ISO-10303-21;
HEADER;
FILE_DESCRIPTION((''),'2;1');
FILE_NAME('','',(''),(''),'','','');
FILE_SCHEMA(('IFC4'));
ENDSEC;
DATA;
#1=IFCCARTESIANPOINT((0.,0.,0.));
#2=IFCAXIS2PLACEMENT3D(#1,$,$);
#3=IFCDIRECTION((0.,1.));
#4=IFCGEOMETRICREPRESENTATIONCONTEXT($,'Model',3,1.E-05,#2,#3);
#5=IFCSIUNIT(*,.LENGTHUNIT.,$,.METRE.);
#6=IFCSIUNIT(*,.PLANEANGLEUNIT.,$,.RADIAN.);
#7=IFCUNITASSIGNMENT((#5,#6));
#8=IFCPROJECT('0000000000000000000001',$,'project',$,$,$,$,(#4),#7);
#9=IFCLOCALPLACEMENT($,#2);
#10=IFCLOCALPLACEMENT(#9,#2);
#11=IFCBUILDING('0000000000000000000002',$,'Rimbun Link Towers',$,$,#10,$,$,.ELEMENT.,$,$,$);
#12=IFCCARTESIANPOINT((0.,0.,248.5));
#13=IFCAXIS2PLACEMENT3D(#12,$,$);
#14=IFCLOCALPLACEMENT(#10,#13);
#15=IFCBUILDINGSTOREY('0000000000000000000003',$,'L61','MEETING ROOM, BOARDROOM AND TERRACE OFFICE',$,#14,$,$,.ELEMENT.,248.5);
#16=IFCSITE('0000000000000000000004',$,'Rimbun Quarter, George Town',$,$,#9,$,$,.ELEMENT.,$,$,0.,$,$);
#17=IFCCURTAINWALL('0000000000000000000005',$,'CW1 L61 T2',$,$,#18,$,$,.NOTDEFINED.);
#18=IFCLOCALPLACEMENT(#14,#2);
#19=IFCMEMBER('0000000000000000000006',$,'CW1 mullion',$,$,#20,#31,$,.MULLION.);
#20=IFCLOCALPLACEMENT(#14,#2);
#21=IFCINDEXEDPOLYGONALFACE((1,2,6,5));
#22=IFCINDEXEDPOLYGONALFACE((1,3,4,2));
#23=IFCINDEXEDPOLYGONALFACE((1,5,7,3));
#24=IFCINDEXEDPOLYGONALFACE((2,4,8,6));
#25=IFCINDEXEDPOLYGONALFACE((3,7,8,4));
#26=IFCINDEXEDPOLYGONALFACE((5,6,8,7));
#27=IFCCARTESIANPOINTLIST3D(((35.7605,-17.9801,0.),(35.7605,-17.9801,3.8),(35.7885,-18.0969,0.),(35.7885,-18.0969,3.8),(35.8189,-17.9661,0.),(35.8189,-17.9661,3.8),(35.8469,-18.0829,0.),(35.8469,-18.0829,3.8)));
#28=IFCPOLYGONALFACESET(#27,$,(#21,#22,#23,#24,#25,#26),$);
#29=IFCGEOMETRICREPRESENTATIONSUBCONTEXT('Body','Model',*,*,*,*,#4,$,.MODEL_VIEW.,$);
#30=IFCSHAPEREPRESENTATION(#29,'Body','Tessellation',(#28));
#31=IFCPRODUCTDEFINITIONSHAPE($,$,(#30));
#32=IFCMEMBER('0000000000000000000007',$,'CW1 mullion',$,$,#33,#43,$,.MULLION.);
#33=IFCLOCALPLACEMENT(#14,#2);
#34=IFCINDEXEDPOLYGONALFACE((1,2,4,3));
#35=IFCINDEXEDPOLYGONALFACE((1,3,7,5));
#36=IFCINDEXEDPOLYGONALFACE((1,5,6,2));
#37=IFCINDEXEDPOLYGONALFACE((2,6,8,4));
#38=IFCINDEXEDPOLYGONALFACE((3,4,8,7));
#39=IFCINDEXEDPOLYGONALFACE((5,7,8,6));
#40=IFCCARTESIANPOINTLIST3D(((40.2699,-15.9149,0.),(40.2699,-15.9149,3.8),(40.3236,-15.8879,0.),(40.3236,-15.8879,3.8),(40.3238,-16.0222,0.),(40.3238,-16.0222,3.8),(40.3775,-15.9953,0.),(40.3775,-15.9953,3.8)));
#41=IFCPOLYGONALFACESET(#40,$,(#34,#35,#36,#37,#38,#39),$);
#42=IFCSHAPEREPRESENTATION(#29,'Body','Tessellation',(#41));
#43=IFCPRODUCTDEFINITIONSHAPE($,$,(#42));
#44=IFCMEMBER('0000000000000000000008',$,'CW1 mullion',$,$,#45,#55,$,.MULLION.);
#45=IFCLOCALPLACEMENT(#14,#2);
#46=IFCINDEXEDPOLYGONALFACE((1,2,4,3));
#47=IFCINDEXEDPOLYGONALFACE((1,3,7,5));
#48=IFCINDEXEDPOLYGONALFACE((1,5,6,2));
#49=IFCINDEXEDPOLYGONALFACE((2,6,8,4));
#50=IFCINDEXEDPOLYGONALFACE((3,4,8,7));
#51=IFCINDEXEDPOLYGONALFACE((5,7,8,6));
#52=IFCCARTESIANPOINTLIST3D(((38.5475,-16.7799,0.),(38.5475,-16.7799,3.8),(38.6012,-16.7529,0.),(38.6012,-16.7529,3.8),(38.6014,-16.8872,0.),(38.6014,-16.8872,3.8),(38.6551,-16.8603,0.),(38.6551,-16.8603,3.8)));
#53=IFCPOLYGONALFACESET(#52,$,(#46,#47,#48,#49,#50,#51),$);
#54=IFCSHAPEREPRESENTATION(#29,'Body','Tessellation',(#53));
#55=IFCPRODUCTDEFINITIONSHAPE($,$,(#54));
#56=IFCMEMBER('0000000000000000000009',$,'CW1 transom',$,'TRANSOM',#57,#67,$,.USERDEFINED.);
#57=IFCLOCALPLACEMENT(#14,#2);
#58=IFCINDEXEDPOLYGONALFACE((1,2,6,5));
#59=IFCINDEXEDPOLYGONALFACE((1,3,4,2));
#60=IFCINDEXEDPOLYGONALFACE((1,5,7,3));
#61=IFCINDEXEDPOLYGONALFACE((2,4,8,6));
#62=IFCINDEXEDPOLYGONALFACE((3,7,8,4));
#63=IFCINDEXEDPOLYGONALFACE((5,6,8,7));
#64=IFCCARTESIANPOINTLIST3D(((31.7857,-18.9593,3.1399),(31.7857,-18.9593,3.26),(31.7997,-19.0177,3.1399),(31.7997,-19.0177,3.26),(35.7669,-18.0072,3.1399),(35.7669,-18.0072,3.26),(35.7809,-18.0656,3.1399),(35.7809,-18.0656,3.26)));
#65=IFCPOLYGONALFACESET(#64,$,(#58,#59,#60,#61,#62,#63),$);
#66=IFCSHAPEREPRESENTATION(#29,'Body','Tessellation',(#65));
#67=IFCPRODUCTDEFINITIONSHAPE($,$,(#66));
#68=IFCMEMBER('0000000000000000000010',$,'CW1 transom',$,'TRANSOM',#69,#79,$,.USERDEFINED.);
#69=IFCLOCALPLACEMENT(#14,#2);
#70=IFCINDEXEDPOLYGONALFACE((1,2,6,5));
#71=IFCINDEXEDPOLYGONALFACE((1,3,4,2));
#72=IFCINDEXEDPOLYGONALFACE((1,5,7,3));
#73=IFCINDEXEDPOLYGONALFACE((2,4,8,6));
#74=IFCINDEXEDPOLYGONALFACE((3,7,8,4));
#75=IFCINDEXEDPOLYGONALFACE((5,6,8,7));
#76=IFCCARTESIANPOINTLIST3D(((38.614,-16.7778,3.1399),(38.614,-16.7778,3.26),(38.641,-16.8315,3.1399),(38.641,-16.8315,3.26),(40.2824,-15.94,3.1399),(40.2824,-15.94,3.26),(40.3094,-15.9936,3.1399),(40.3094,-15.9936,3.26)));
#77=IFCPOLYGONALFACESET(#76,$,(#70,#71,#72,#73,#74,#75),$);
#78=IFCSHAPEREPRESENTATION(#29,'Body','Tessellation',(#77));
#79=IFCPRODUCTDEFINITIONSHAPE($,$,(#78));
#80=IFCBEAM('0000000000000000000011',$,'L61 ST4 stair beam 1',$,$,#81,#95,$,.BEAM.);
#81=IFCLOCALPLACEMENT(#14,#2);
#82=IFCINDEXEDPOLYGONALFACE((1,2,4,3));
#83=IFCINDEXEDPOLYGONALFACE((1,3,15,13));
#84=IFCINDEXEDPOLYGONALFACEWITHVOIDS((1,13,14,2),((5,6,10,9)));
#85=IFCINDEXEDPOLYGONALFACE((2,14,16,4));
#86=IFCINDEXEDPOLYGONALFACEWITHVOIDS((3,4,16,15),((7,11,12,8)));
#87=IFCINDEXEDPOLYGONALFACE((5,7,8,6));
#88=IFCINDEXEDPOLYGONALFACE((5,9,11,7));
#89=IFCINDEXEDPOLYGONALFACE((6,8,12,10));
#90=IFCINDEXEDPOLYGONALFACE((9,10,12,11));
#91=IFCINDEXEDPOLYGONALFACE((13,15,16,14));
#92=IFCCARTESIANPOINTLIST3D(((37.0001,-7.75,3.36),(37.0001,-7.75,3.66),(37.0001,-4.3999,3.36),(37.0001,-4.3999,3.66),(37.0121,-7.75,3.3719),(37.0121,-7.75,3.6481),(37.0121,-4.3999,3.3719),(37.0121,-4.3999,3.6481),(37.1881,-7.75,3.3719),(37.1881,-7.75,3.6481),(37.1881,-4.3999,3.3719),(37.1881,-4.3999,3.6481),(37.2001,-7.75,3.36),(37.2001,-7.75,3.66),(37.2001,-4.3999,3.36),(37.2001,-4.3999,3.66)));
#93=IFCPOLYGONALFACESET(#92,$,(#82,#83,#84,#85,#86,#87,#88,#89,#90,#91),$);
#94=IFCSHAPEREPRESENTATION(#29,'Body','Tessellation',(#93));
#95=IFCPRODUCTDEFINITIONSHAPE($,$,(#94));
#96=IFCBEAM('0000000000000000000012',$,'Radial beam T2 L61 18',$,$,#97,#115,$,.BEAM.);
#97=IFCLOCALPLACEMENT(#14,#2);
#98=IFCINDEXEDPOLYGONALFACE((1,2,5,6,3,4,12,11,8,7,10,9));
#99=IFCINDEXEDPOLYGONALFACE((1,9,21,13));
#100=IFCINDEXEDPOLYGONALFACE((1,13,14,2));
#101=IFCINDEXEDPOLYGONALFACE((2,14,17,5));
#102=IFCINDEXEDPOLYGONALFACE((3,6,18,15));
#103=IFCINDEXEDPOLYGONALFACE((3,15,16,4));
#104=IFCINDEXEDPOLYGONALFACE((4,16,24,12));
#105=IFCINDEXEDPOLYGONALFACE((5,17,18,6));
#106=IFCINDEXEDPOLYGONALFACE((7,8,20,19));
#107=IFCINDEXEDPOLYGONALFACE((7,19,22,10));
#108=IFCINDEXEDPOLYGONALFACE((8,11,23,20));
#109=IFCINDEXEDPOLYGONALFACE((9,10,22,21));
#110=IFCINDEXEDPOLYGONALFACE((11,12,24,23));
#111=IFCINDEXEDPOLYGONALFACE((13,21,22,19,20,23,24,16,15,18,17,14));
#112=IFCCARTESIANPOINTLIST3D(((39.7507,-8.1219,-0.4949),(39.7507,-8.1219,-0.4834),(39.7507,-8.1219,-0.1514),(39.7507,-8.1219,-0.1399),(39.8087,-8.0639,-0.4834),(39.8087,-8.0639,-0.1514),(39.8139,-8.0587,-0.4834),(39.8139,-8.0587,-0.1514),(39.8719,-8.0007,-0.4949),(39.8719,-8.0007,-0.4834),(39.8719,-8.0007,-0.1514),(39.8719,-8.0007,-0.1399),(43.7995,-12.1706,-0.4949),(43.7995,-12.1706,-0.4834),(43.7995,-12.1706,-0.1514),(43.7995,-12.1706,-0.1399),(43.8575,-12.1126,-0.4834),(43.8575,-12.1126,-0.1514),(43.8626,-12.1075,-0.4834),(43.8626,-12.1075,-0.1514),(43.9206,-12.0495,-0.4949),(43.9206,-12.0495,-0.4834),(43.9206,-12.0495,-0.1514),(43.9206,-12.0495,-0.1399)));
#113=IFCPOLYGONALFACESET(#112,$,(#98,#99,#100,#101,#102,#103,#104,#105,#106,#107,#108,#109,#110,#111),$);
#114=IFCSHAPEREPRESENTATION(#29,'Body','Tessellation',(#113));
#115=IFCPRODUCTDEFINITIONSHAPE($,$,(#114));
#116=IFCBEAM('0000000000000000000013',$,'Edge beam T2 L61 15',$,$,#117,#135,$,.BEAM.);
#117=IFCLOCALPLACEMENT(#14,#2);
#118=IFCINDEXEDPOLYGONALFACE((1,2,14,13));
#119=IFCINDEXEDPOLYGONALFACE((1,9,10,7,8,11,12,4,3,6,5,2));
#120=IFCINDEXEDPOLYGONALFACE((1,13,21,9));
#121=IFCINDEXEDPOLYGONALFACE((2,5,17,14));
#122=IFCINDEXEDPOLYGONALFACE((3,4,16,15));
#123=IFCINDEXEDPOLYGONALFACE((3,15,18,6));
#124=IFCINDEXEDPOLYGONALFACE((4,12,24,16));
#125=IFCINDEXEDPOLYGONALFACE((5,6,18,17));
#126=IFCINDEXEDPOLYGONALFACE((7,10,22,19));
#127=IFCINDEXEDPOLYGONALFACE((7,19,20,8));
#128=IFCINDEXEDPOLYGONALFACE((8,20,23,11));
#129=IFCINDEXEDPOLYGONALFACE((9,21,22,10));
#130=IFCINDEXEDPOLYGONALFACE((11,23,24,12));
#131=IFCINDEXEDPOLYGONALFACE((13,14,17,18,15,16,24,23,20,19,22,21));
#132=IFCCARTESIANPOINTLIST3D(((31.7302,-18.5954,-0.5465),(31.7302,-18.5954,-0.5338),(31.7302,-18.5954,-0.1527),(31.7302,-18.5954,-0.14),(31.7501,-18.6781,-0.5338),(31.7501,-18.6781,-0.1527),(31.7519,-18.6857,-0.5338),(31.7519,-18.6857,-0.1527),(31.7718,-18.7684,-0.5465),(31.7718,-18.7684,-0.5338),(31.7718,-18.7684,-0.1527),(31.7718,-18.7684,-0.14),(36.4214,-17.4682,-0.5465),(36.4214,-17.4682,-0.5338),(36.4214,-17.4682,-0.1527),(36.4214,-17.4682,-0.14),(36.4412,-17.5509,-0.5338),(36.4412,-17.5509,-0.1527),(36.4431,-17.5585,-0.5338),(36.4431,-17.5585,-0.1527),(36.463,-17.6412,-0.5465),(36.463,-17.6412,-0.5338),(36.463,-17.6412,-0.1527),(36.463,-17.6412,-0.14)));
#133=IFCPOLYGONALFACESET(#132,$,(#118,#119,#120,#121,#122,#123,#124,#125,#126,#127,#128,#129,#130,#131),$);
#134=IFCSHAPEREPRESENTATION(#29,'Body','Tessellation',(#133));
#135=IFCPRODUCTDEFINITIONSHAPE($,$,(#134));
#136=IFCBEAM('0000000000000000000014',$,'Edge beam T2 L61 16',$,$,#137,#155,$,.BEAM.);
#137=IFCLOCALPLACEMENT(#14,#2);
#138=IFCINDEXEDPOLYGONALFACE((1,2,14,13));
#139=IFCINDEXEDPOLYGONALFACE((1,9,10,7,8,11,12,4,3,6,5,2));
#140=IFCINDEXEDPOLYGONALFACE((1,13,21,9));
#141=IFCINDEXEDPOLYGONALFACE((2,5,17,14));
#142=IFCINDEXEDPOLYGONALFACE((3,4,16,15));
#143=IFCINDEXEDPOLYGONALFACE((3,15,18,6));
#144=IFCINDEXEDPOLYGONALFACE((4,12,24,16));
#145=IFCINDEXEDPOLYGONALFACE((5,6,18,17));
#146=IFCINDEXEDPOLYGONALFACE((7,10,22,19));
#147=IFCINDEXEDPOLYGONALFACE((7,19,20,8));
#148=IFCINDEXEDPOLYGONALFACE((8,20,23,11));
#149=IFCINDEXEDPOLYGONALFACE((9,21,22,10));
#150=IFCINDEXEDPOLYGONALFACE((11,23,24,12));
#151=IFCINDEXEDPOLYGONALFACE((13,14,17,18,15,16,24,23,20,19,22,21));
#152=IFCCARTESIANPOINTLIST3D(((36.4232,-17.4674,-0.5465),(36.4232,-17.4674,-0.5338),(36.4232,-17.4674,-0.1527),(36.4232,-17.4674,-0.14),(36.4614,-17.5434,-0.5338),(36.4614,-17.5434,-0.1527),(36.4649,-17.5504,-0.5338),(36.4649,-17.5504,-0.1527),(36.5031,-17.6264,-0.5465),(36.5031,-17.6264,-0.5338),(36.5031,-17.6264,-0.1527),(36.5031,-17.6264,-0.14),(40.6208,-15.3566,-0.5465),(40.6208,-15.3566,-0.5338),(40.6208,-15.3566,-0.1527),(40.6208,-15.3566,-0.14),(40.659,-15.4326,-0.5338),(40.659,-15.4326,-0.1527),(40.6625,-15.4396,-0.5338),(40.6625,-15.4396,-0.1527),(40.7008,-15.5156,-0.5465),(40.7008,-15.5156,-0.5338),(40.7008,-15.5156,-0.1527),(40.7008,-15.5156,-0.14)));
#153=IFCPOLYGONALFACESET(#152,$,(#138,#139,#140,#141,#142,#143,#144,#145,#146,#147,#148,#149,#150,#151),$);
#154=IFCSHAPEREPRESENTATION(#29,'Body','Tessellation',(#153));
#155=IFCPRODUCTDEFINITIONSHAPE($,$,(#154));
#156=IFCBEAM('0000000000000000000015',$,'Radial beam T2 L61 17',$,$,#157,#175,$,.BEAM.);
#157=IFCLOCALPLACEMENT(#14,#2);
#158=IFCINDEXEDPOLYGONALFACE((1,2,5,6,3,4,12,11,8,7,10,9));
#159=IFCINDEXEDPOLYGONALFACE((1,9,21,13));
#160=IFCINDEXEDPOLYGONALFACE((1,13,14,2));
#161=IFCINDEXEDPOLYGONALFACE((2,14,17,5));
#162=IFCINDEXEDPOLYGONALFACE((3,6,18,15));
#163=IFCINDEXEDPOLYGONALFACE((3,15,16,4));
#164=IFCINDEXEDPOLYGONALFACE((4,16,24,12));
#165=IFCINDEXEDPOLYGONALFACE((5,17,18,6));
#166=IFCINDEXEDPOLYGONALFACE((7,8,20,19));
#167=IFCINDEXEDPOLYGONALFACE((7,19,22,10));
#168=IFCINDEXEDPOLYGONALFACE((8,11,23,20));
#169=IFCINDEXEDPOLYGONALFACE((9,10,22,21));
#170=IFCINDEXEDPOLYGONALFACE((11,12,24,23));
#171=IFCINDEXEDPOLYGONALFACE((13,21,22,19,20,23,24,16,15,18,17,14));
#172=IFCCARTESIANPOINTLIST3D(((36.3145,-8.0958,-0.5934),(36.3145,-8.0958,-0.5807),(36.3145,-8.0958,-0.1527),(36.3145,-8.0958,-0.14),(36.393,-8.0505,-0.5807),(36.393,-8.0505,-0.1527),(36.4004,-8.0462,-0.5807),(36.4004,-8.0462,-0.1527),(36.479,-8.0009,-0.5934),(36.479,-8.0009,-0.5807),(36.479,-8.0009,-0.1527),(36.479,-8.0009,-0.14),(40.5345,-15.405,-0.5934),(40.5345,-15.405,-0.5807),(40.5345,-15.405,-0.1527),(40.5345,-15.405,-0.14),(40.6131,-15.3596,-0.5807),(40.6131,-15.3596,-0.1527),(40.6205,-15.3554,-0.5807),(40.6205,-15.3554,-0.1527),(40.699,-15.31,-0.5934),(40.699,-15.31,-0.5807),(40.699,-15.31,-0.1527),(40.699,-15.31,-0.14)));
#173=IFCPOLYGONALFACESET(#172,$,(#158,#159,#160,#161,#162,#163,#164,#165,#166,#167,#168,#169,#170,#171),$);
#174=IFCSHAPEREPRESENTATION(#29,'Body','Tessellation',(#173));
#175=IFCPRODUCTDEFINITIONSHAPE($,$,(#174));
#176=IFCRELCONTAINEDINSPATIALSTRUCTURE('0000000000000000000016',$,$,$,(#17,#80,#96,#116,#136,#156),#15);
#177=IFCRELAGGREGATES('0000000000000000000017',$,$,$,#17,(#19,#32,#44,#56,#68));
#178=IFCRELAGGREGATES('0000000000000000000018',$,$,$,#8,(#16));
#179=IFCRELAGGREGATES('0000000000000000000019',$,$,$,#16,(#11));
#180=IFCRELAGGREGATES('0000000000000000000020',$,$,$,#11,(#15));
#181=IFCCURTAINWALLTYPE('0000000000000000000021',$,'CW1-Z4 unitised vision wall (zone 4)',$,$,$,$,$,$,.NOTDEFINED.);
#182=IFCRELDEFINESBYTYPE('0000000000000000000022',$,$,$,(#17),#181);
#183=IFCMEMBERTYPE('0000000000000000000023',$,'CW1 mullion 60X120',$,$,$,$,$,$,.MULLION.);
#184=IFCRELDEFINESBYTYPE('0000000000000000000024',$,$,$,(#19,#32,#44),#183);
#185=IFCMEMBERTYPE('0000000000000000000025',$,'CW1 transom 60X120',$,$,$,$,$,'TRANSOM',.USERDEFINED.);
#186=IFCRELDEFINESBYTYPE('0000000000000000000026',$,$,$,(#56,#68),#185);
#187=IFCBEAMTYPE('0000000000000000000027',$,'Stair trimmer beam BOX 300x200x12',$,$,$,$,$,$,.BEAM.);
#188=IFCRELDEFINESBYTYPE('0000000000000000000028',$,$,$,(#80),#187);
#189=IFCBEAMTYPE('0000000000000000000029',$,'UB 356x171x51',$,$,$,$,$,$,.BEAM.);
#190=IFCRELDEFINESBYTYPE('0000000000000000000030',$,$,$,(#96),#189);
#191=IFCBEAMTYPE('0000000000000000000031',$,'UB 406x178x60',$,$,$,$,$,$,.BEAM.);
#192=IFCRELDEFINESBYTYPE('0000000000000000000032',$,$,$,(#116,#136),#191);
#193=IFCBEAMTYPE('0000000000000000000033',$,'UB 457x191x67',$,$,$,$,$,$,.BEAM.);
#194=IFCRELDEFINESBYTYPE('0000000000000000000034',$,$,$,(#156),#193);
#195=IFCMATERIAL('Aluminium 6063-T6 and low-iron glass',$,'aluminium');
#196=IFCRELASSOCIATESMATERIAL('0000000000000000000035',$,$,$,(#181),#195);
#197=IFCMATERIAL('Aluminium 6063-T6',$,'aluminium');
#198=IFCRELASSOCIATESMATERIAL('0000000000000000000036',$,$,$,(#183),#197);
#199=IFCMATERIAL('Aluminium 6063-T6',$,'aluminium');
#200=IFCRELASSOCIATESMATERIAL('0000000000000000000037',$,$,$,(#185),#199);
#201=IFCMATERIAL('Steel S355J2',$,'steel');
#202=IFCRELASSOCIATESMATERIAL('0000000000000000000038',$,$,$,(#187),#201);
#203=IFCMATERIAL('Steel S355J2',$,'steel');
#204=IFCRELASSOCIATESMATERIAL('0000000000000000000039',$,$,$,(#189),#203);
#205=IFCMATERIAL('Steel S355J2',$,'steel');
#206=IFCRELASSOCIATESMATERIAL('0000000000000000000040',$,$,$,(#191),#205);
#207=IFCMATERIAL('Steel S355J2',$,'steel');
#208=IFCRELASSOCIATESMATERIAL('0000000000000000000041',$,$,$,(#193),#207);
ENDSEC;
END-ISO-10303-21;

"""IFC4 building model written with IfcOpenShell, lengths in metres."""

from ifc_helpers import new_model, si_unit, direction, frame, origin, origin_2d, place, context, subcontext, project, spatial, rectangle, hollow_rectangle, i_section, extrude, material, material_profile, profile_set, type_object, element, aggregate, save


model = new_model("IFC4")

# Units and contexts
model_context = context("Model", 3, precision=1e-05, world=origin(), true_north=direction((0.0, 1.0)))
body_context = subcontext(model_context, "Body", "Model", "MODEL_VIEW")
ifc_project = project(units=[si_unit("LENGTHUNIT", "METRE"), si_unit("PLANEANGLEUNIT", "RADIAN")], contexts=[model_context])

# Site, building, storey
site_placement = place(None, origin())
site = spatial("IfcSite", under=ifc_project, at=site_placement, Name="Rimbun Quarter, George Town", CompositionType="ELEMENT", RefElevation=0.0)
building_placement = place(site_placement, origin())
building = spatial("IfcBuilding", under=site, at=building_placement, Name="Rimbun Link Towers", CompositionType="ELEMENT")
storey_placement = place(building_placement, frame((0.0, 0.0, 248.5)))
storey = spatial("IfcBuildingStorey", under=building, at=storey_placement, Name="L61", Description="MEETING ROOM, BOARDROOM AND TERRACE OFFICE", CompositionType="ELEMENT", Elevation=248.5)

# Curtain wall, members
ifc_material_1 = material(Name="Aluminium 6063-T6 and low-iron glass", Category="aluminium")
curtain_wall_type = type_object("IfcCurtainWallType", Name="CW1-Z4 unitised vision wall (zone 4)", PredefinedType="NOTDEFINED", material=ifc_material_1)
curtain_wall_placement = place(storey_placement, origin())
curtain_wall = element("IfcCurtainWall", 1, at=curtain_wall_placement, inside=storey, type_object=curtain_wall_type, Name="CW1 L61 T2", PredefinedType="NOTDEFINED")
ifc_material_2 = material(Name="Aluminium 6063-T6", Category="aluminium")
ifc_material_profile_1 = material_profile(ifc_material_2, rectangle(XDim=0.1201, YDim=0.0601, at=origin_2d()), Name="MULLION 60X120")
ifc_profile_set_1 = profile_set([ifc_material_profile_1], Name="Aluminium 6063-T6")
member_type_1 = type_object("IfcMemberType", Name="CW1 mullion 60X120", PredefinedType="MULLION", material=ifc_profile_set_1)
member_1_placement = place(storey_placement, frame((35.8037, -18.0315, 0.0), z_axis=(0.0, 0.0, 1.0), x_axis=(0.232605, -0.972571, 0.0)))
member_1 = element("IfcMember", 2, at=member_1_placement, type_object=member_type_1, Name="CW1 mullion", PredefinedType="MULLION", context=body_context, shape_type="SweptSolid", body=[
    extrude(rectangle(XDim=0.1201, YDim=0.0601, at=origin_2d()), origin(), (0.0, 0.0, 1.0), 3.8),
])
member_2_placement = place(storey_placement, frame((40.3237, -15.9551, 0.0), z_axis=(0.0, 0.0, 1.0), x_axis=(0.44877, -0.893647, 0.0)))
member_2 = element("IfcMember", 3, at=member_2_placement, type_object=member_type_1, Name="CW1 mullion", PredefinedType="MULLION", context=body_context, shape_type="SweptSolid", body=[
    extrude(rectangle(XDim=0.1201, YDim=0.0601, at=origin_2d()), origin(), (0.0, 0.0, 1.0), 3.8),
])
member_3_placement = place(storey_placement, frame((38.6013, -16.8201, 0.0), z_axis=(0.0, 0.0, 1.0), x_axis=(0.44877, -0.893647, 0.0)))
member_3 = element("IfcMember", 4, at=member_3_placement, type_object=member_type_1, Name="CW1 mullion", PredefinedType="MULLION", context=body_context, shape_type="SweptSolid", body=[
    extrude(rectangle(XDim=0.1201, YDim=0.0601, at=origin_2d()), origin(), (0.0, 0.0, 1.0), 3.8),
])
ifc_material_3 = material(Name="Aluminium 6063-T6", Category="aluminium")
ifc_material_profile_2 = material_profile(ifc_material_3, rectangle(XDim=0.0601, YDim=0.1201, at=origin_2d()), Name="TRANSOM 60X120")
ifc_profile_set_2 = profile_set([ifc_material_profile_2], Name="Aluminium 6063-T6")
member_type_2 = type_object("IfcMemberType", Name="CW1 transom 60X120", ElementType="TRANSOM", PredefinedType="USERDEFINED", material=ifc_profile_set_2)
member_4_placement = place(storey_placement, frame((35.7739, -18.0364, 3.2), z_axis=(-0.972572, -0.232601, 0.0), x_axis=(0.232601, -0.972572, 0.0)))
member_4 = element("IfcMember", 5, at=member_4_placement, type_object=member_type_2, Name="CW1 transom", ObjectType="TRANSOM", PredefinedType="USERDEFINED", context=body_context, shape_type="SweptSolid", body=[
    extrude(rectangle(XDim=0.0601, YDim=0.1201, at=origin_2d()), origin(), (0.0, 0.0, 1.0), 4.0935),
])
member_5_placement = place(storey_placement, frame((40.2959, -15.9668, 3.2), z_axis=(-0.893641, -0.448782, 0.0), x_axis=(0.448782, -0.893641, 0.0)))
member_5 = element("IfcMember", 6, at=member_5_placement, type_object=member_type_2, Name="CW1 transom", ObjectType="TRANSOM", PredefinedType="USERDEFINED", context=body_context, shape_type="SweptSolid", body=[
    extrude(rectangle(XDim=0.0601, YDim=0.1201, at=origin_2d()), origin(), (0.0, 0.0, 1.0), 1.8669),
])

# Beams
ifc_material_4 = material(Name="Steel S355J2", Category="steel")
ifc_material_profile_3 = material_profile(ifc_material_4, hollow_rectangle(XDim=0.2, YDim=0.3, WallThickness=0.012, at=origin_2d()), Name="BOX 300x200x12")
ifc_profile_set_3 = profile_set([ifc_material_profile_3], Name="Steel S355J2")
beam_type_1 = type_object("IfcBeamType", Name="Stair trimmer beam BOX 300x200x12", PredefinedType="BEAM", material=ifc_profile_set_3)
beam_1_placement = place(storey_placement, frame((37.1001, -7.75, 3.51), z_axis=(0.0, 1.0, 0.0), x_axis=(-1.0, 0.0, 0.0)))
element("IfcBeam", 7, at=beam_1_placement, inside=storey, type_object=beam_type_1, Name="L61 ST4 stair beam 1", PredefinedType="BEAM", context=body_context, shape_type="SweptSolid", body=[
    extrude(hollow_rectangle(XDim=0.2, YDim=0.3, WallThickness=0.012, at=origin_2d()), origin(), (0.0, 0.0, 1.0), 3.3501),
])
ifc_material_5 = material(Name="Steel S355J2", Category="steel")
ifc_material_profile_4 = material_profile(ifc_material_5, i_section(OverallWidth=0.1714, OverallDepth=0.355, WebThickness=0.0073, FlangeThickness=0.0115, at=origin_2d()), Name="UB 356x171x51")
ifc_profile_set_4 = profile_set([ifc_material_profile_4], Name="Steel S355J2")
beam_type_2 = type_object("IfcBeamType", Name="UB 356x171x51", PredefinedType="BEAM", material=ifc_profile_set_4)
beam_2_placement = place(storey_placement, frame((39.8113, -8.0613, -0.3174), z_axis=(0.707107, -0.707107, 0.0), x_axis=(0.707107, 0.707107, 0.0)))
element("IfcBeam", 8, at=beam_2_placement, inside=storey, type_object=beam_type_2, Name="Radial beam T2 L61 18", PredefinedType="BEAM", context=body_context, shape_type="SweptSolid", body=[
    extrude(i_section(OverallWidth=0.1714, OverallDepth=0.355, WebThickness=0.0073, FlangeThickness=0.0115, at=origin_2d()), origin(), (0.0, 0.0, 1.0), 5.7258),
])
ifc_material_6 = material(Name="Steel S355J2", Category="steel")
ifc_material_profile_5 = material_profile(ifc_material_6, i_section(OverallWidth=0.178, OverallDepth=0.4065, WebThickness=0.0078, FlangeThickness=0.0127, at=origin_2d()), Name="UB 406x178x60")
ifc_profile_set_5 = profile_set([ifc_material_profile_5], Name="Steel S355J2")
beam_type_3 = type_object("IfcBeamType", Name="UB 406x178x60", PredefinedType="BEAM", material=ifc_profile_set_5)
beam_3_placement = place(storey_placement, frame((31.751, -18.6819, -0.3433), z_axis=(0.972325, 0.233631, 0.0), x_axis=(-0.233631, 0.972325, 0.0)))
element("IfcBeam", 9, at=beam_3_placement, inside=storey, type_object=beam_type_3, Name="Edge beam T2 L61 15", PredefinedType="BEAM", context=body_context, shape_type="SweptSolid", body=[
    extrude(i_section(OverallWidth=0.178, OverallDepth=0.4065, WebThickness=0.0078, FlangeThickness=0.0127, at=origin_2d()), origin(), (0.0, 0.0, 1.0), 4.8247),
])
beam_4_placement = place(storey_placement, frame((36.4631, -17.5469, -0.3433), z_axis=(0.893406, 0.449249, 0.0), x_axis=(-0.449249, 0.893406, 0.0)))
element("IfcBeam", 10, at=beam_4_placement, inside=storey, type_object=beam_type_3, Name="Edge beam T2 L61 16", PredefinedType="BEAM", context=body_context, shape_type="SweptSolid", body=[
    extrude(i_section(OverallWidth=0.178, OverallDepth=0.4065, WebThickness=0.0078, FlangeThickness=0.0127, at=origin_2d()), origin(), (0.0, 0.0, 1.0), 4.6985),
])
ifc_material_7 = material(Name="Steel S355J2", Category="steel")
ifc_material_profile_6 = material_profile(ifc_material_7, i_section(OverallWidth=0.1899, OverallDepth=0.4534, WebThickness=0.0085, FlangeThickness=0.0127, at=origin_2d()), Name="UB 457x191x67")
ifc_profile_set_6 = profile_set([ifc_material_profile_6], Name="Steel S355J2")
beam_type_4 = type_object("IfcBeamType", Name="UB 457x191x67", PredefinedType="BEAM", material=ifc_profile_set_6)
beam_5_placement = place(storey_placement, frame((36.3967, -8.0483, -0.3667), z_axis=(0.500006, -0.866022, 0.0), x_axis=(0.866022, 0.500006, 0.0)))
element("IfcBeam", 11, at=beam_5_placement, inside=storey, type_object=beam_type_4, Name="Radial beam T2 L61 17", PredefinedType="BEAM", context=body_context, shape_type="SweptSolid", body=[
    extrude(i_section(OverallWidth=0.1899, OverallDepth=0.4534, WebThickness=0.0085, FlangeThickness=0.0127, at=origin_2d()), origin(), (0.0, 0.0, 1.0), 8.4399),
])

aggregate(curtain_wall, [member_1, member_2, member_3, member_4, member_5])

save(model, "model.ifc")
